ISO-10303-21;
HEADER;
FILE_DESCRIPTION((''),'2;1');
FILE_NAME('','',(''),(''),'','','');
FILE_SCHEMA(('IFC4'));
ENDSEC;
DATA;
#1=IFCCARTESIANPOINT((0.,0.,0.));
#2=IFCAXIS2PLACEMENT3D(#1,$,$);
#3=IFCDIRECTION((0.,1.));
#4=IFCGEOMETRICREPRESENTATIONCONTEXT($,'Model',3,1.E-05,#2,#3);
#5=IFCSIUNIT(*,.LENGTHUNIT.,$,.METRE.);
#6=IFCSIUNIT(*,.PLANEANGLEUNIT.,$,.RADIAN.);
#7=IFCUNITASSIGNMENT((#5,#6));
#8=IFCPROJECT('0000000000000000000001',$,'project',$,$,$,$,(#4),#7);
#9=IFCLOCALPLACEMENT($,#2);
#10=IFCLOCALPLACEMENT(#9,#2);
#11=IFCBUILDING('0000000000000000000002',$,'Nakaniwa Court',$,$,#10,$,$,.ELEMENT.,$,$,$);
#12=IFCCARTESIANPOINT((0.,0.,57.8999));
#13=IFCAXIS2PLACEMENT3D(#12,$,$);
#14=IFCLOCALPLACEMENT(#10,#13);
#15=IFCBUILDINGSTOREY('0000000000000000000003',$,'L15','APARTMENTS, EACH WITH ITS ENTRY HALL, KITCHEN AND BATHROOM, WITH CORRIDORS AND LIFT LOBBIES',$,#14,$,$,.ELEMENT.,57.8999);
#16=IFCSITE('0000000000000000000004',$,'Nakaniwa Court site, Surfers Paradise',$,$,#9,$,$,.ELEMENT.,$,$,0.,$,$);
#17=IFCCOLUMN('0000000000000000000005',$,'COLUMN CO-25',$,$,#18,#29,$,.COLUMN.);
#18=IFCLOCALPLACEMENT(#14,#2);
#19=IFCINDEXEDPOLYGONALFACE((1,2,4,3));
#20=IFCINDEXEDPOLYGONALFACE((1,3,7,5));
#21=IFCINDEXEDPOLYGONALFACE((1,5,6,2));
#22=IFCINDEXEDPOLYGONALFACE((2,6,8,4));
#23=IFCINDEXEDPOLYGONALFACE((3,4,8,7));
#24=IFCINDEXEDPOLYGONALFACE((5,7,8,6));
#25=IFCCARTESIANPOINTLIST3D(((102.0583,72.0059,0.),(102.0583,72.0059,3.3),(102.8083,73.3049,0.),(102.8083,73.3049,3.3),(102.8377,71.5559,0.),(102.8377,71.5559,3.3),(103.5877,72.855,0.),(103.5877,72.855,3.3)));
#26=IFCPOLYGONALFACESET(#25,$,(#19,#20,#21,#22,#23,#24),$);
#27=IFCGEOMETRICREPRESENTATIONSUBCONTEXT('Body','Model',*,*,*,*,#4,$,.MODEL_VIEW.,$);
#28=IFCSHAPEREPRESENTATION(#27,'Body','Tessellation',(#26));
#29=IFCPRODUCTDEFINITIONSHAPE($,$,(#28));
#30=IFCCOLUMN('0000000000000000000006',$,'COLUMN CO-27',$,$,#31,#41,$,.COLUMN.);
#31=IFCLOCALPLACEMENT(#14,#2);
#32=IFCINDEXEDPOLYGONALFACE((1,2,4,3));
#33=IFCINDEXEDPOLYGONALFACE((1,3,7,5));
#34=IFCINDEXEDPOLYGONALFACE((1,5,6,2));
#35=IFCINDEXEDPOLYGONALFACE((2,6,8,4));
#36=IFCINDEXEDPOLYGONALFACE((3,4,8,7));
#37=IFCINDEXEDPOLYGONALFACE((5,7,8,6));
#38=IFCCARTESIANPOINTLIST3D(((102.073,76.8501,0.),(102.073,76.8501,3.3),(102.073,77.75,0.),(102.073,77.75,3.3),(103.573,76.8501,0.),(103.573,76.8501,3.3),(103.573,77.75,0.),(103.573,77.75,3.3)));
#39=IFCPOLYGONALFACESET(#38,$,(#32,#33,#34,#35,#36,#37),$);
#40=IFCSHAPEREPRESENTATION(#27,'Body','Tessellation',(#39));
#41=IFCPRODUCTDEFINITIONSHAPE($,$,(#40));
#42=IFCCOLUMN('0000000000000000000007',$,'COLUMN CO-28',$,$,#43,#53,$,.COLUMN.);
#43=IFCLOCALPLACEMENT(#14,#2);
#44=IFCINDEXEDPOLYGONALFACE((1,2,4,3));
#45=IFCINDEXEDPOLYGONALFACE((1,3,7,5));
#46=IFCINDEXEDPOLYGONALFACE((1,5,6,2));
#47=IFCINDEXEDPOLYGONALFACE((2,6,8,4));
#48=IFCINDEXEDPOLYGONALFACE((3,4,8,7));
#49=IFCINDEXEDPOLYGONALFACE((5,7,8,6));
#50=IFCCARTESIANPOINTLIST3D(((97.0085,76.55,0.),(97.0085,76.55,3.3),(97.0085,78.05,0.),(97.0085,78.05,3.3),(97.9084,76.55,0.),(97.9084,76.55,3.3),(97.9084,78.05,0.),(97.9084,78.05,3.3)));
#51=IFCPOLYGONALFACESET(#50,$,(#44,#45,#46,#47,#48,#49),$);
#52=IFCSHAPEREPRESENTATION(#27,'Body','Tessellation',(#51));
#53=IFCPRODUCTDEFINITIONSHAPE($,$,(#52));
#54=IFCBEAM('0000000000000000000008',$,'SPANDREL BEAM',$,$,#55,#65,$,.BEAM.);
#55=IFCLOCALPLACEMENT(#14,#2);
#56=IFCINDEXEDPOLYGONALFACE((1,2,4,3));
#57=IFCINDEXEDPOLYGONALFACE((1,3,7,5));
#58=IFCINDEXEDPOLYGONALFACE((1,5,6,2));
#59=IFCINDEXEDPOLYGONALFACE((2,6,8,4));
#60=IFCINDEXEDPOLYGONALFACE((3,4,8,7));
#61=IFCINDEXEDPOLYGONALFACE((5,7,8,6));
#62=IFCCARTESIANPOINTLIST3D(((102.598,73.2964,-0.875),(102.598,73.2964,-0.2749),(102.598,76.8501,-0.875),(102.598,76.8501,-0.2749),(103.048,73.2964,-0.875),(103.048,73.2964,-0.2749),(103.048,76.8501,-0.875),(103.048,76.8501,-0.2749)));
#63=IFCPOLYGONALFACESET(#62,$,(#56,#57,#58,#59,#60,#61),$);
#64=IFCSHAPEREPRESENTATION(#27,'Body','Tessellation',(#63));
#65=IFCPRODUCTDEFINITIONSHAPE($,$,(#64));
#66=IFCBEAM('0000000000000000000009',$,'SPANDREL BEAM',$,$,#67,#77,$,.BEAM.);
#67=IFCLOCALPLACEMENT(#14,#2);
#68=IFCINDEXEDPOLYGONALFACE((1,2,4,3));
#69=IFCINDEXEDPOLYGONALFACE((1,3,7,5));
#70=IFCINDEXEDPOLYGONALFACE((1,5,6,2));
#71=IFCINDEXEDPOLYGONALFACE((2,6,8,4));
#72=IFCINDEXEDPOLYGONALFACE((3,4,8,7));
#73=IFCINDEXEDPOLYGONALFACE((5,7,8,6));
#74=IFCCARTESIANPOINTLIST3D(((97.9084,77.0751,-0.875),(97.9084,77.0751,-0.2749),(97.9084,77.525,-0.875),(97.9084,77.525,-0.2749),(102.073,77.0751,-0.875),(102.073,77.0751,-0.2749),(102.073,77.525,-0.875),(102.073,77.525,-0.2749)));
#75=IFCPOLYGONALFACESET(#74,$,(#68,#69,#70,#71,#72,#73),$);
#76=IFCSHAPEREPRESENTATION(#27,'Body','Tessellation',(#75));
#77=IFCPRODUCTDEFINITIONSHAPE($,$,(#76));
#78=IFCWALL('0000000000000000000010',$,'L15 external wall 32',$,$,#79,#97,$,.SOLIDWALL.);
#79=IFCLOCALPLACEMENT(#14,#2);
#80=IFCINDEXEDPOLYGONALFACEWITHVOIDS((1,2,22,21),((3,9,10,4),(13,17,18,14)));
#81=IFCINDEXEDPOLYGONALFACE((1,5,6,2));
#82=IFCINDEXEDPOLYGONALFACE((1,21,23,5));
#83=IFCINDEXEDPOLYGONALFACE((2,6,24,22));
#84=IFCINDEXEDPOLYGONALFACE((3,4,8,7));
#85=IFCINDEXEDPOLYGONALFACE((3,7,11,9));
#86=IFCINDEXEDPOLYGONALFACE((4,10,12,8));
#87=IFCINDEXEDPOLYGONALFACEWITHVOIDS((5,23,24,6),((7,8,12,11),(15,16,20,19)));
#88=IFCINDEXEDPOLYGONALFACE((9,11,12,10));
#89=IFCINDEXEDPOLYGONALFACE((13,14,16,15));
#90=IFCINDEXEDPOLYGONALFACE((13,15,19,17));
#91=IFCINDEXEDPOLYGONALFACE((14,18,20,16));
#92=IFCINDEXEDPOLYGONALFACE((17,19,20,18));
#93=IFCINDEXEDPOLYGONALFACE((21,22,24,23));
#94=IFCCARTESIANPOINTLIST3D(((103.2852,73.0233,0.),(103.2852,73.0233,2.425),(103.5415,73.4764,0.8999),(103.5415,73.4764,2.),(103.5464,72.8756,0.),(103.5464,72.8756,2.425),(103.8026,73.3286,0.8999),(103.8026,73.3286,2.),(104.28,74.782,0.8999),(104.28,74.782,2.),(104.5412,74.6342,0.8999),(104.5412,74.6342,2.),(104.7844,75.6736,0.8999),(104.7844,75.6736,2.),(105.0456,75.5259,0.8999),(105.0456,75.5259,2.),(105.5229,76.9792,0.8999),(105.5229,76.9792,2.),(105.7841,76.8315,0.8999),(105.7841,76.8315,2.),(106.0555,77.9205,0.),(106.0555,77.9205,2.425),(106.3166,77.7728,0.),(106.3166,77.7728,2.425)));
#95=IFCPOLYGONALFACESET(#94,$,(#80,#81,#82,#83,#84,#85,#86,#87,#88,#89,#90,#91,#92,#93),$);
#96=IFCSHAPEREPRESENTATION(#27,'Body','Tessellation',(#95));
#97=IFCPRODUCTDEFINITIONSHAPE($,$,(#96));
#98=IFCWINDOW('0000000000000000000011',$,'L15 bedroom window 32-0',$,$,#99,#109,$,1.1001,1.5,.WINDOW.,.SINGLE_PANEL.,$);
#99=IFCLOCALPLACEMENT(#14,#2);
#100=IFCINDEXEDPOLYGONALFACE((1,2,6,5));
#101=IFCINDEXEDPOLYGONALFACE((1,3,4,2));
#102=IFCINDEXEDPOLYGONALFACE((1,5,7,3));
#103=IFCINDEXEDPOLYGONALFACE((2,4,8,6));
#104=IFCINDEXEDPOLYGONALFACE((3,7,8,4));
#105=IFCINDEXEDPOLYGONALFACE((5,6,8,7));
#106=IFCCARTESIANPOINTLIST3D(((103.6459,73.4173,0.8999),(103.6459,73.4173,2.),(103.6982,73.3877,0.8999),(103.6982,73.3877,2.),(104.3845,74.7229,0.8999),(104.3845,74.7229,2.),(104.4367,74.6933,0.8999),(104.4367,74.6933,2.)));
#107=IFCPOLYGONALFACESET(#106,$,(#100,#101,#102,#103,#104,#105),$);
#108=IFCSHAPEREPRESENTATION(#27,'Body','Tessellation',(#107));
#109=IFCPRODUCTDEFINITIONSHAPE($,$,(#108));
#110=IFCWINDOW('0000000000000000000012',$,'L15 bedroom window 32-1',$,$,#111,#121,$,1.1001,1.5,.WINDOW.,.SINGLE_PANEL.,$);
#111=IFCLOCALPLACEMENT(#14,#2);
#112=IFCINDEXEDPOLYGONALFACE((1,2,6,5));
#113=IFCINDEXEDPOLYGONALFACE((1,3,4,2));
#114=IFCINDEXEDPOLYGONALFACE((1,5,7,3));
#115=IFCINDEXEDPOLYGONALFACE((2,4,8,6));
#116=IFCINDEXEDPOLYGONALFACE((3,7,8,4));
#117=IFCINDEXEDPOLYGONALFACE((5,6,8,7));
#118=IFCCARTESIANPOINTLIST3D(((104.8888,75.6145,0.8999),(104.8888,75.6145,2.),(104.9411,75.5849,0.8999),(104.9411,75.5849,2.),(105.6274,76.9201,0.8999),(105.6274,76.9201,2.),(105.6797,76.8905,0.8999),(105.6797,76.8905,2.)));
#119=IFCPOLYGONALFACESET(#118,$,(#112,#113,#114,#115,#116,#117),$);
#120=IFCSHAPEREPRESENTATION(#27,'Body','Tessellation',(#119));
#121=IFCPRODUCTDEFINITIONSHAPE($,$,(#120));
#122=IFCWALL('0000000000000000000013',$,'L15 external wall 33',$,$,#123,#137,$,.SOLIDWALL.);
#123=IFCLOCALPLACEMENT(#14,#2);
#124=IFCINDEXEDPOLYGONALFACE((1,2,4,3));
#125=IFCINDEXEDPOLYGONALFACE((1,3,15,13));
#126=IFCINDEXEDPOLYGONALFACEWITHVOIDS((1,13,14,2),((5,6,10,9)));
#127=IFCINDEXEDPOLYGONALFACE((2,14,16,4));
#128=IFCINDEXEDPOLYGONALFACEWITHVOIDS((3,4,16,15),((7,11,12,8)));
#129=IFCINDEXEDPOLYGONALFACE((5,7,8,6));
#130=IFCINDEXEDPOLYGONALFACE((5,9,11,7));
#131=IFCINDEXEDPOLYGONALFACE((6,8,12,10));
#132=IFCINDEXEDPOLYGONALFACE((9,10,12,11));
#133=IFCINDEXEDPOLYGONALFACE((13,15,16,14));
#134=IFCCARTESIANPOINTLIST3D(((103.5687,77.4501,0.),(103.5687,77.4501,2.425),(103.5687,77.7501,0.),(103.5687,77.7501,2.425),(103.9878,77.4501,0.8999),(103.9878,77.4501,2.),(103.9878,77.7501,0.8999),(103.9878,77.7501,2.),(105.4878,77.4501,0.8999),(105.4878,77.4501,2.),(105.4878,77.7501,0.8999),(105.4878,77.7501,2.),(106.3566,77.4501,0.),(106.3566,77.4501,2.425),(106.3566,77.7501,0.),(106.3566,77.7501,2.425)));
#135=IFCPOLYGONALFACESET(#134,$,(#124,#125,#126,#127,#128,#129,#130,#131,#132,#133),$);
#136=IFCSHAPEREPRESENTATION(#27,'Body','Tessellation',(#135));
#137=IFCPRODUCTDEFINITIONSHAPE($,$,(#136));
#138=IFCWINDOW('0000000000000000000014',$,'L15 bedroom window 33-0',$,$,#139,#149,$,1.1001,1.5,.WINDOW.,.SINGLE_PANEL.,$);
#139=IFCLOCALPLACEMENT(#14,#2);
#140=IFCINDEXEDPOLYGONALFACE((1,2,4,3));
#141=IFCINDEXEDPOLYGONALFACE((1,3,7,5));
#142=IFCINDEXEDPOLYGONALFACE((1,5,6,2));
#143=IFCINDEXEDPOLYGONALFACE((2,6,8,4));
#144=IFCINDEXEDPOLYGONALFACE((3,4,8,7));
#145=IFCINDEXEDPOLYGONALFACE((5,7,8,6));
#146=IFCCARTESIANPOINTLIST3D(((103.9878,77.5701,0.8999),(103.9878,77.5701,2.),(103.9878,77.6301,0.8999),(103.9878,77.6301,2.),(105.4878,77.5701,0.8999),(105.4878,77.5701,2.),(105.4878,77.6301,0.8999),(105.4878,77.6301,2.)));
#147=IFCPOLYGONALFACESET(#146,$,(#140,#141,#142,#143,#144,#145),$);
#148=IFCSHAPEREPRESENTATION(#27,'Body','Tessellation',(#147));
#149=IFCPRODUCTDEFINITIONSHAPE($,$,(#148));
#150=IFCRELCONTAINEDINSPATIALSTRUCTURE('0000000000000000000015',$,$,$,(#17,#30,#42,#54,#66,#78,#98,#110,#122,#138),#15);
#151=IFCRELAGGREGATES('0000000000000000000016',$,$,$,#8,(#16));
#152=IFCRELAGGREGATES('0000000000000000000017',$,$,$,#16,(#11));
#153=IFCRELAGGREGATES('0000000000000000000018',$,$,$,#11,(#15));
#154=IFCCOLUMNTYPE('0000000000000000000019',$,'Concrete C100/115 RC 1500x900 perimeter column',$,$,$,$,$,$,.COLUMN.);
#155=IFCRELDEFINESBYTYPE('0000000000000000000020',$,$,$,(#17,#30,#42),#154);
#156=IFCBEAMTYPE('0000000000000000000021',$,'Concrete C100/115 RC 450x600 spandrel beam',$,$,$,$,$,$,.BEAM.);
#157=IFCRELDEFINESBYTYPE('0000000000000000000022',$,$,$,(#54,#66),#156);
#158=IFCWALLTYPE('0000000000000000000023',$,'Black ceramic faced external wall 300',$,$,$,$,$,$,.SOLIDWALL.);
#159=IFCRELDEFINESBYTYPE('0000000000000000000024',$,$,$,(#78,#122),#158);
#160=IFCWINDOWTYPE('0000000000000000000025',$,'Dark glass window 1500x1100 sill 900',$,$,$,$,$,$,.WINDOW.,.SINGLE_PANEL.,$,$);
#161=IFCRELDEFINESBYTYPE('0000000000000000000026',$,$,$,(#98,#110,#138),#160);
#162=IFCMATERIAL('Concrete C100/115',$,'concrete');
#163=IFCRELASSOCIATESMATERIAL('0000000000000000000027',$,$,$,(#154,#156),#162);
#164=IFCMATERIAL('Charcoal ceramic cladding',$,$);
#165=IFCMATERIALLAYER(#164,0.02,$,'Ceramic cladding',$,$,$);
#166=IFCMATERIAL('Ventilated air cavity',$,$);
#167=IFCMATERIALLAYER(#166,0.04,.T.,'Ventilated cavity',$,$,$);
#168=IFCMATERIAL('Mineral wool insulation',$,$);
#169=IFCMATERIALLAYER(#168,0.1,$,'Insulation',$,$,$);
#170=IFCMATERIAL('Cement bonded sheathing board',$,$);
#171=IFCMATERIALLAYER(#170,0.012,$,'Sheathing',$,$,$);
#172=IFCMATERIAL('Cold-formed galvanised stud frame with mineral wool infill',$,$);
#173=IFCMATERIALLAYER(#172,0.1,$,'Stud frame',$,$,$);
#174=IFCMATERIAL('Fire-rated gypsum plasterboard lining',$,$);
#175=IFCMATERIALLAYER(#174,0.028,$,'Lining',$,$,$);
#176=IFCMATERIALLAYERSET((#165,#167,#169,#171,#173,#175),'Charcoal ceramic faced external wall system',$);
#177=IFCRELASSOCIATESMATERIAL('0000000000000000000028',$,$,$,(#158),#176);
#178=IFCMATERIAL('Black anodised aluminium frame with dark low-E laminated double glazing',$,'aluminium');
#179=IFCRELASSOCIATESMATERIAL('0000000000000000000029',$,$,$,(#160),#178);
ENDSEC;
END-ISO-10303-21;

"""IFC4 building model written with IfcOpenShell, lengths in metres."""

from ifc_helpers import new_model, si_unit, direction, frame, frame_2d, origin, origin_2d, place, context, subcontext, project, spatial, rectangle, extrude, material, layer, layer_set, material_profile, profile_set, type_object, element, fill, save


model = new_model("IFC4")

# Units and contexts
model_context = context("Model", 3, precision=1e-05, world=origin(), true_north=direction((0.0, 1.0)))
body_context = subcontext(model_context, "Body", "Model", "MODEL_VIEW")
ifc_project = project(units=[si_unit("LENGTHUNIT", "METRE"), si_unit("PLANEANGLEUNIT", "RADIAN")], contexts=[model_context])

# Site, building, storey
site_placement = place(None, origin())
site = spatial("IfcSite", under=ifc_project, at=site_placement, Name="Nakaniwa Court site, Surfers Paradise", CompositionType="ELEMENT", RefElevation=0.0)
building_placement = place(site_placement, origin())
building = spatial("IfcBuilding", under=site, at=building_placement, Name="Nakaniwa Court", CompositionType="ELEMENT")
storey_placement = place(building_placement, frame((0.0, 0.0, 57.8999)))
storey = spatial("IfcBuildingStorey", under=building, at=storey_placement, Name="L15", Description="APARTMENTS, EACH WITH ITS ENTRY HALL, KITCHEN AND BATHROOM, WITH CORRIDORS AND LIFT LOBBIES", CompositionType="ELEMENT", Elevation=57.8999)

# Columns
ifc_material_1 = material(Name="Concrete C100/115", Category="concrete")
ifc_material_profile_1 = material_profile(ifc_material_1, rectangle(XDim=1.5, YDim=0.8999, at=origin_2d()), Name="Concrete C100/115 RC 1500x900 perimeter column")
ifc_profile_set_1 = profile_set([ifc_material_profile_1], Name="Concrete C100/115")
column_type = type_object("IfcColumnType", Name="Concrete C100/115 RC 1500x900 perimeter column", PredefinedType="COLUMN", material=ifc_profile_set_1)
for number, where, z_axis, x_axis, name in (
    (1, (102.823, 72.4304, 0.0), (0.0, 0.0, 1.0), (0.5, 0.866025, 0.0), "COLUMN CO-25"),
    (2, (102.823, 77.3, 0.0), (0.0, 0.0, 1.0), (-1.0, 0.0, 0.0), "COLUMN CO-27"),
    (3, (97.4585, 77.3, 0.0), (0.0, 0.0, 1.0), (0.0, 1.0, 0.0), "COLUMN CO-28"),
):
    element("IfcColumn", number, at=place(storey_placement, frame(where, z_axis=z_axis, x_axis=x_axis)), inside=storey, type_object=column_type, Name=name, PredefinedType="COLUMN", context=body_context, shape_type="SweptSolid", body=[
        extrude(rectangle(XDim=1.5, YDim=0.8999, at=origin_2d()), origin(), (0.0, 0.0, 1.0), 3.3),
    ])

# Beams
ifc_material_profile_2 = material_profile(ifc_material_1, rectangle(XDim=0.45, YDim=0.6001, at=origin_2d()), Name="Concrete C100/115 RC 450x600 spandrel beam")
ifc_profile_set_2 = profile_set([ifc_material_profile_2], Name="Concrete C100/115")
beam_type = type_object("IfcBeamType", Name="Concrete C100/115 RC 450x600 spandrel beam", PredefinedType="BEAM", material=ifc_profile_set_2)
beam_1_placement = place(storey_placement, frame((102.823, 73.2964, -0.575), z_axis=(0.0, 1.0, 0.0), x_axis=(-1.0, 0.0, 0.0)))
element("IfcBeam", 4, at=beam_1_placement, inside=storey, type_object=beam_type, Name="SPANDREL BEAM", PredefinedType="BEAM", context=body_context, shape_type="SweptSolid", body=[
    extrude(rectangle(XDim=0.45, YDim=0.6001, at=origin_2d()), origin(), (0.0, 0.0, 1.0), 3.5537),
])
beam_2_placement = place(storey_placement, frame((102.073, 77.3, -0.575), z_axis=(-1.0, 0.0, 0.0), x_axis=(0.0, -1.0, 0.0)))
element("IfcBeam", 5, at=beam_2_placement, inside=storey, type_object=beam_type, Name="SPANDREL BEAM", PredefinedType="BEAM", context=body_context, shape_type="SweptSolid", body=[
    extrude(rectangle(XDim=0.45, YDim=0.6001, at=origin_2d()), origin(), (0.0, 0.0, 1.0), 4.1646),
])

# Wall, openings, windows
ifc_material_2 = material(Name="Charcoal ceramic cladding")
ifc_layer_1 = layer(ifc_material_2, 0.02, Name="Ceramic cladding")
ifc_material_3 = material(Name="Ventilated air cavity")
ifc_layer_2 = layer(ifc_material_3, 0.04, ventilated=True, Name="Ventilated cavity")
ifc_material_4 = material(Name="Mineral wool insulation")
ifc_layer_3 = layer(ifc_material_4, 0.1, Name="Insulation")
ifc_material_5 = material(Name="Cement bonded sheathing board")
ifc_layer_4 = layer(ifc_material_5, 0.012, Name="Sheathing")
ifc_material_6 = material(Name="Cold-formed galvanised stud frame with mineral wool infill")
ifc_layer_5 = layer(ifc_material_6, 0.1, Name="Stud frame")
ifc_material_7 = material(Name="Fire-rated gypsum plasterboard lining")
ifc_layer_6 = layer(ifc_material_7, 0.028, Name="Lining")
ifc_layer_set_1 = layer_set([ifc_layer_1, ifc_layer_2, ifc_layer_3, ifc_layer_4, ifc_layer_5, ifc_layer_6], Name="Charcoal ceramic faced external wall system")
wall_type_1 = type_object("IfcWallType", Name="Black ceramic faced external wall 300", PredefinedType="SOLIDWALL", material=ifc_layer_set_1)
wall_1_placement = place(storey_placement, frame((103.4158, 72.9495, 0.0), z_axis=(0.0, 0.0, 1.0), x_axis=(0.492363, 0.87039, 0.0)))
wall_1 = element("IfcWall", 6, at=wall_1_placement, inside=storey, type_object=wall_type_1, Name="L15 external wall 32", PredefinedType="SOLIDWALL", context=body_context, shape_type="SweptSolid", body=[
    extrude(rectangle(XDim=5.6265, YDim=0.3, at=frame_2d((2.8132, 0.0))), origin(), (0.0, 0.0, 1.0), 2.425),
])
opening_1_placement = place(wall_1_placement, frame((0.5205, 0.0, 0.8999)))
opening_1 = element("IfcOpeningElement", 7, at=opening_1_placement, cuts=wall_1, PredefinedType="OPENING", context=body_context, shape_type="SweptSolid", body=[
    extrude(rectangle(XDim=1.5, YDim=1.1001, at=frame_2d((0.75, 0.55))), frame((0.0, 0.1599, 0.0), z_axis=(0.0, -1.0, 0.0), x_axis=(1.0, 0.0, 0.0)), (0.0, 0.0, 1.0), 0.3201),
])
opening_2_placement = place(wall_1_placement, frame((3.0449, 0.0, 0.8999)))
opening_2 = element("IfcOpeningElement", 8, at=opening_2_placement, cuts=wall_1, PredefinedType="OPENING", context=body_context, shape_type="SweptSolid", body=[
    extrude(rectangle(XDim=1.5, YDim=1.1001, at=frame_2d((0.75, 0.55))), frame((0.0, 0.1599, 0.0), z_axis=(0.0, -1.0, 0.0), x_axis=(1.0, 0.0, 0.0)), (0.0, 0.0, 1.0), 0.3201),
])
ifc_material_8 = material(Name="Black anodised aluminium frame with dark low-E laminated double glazing", Category="aluminium")
window_type = type_object("IfcWindowType", Name="Dark glass window 1500x1100 sill 900", PartitioningType="SINGLE_PANEL", PredefinedType="WINDOW", material=ifc_material_8)
window_1_placement = place(opening_1_placement, origin())
window_1 = element("IfcWindow", 9, at=window_1_placement, inside=storey, type_object=window_type, Name="L15 bedroom window 32-0", OverallHeight=1.1001, OverallWidth=1.5, PartitioningType="SINGLE_PANEL", PredefinedType="WINDOW", context=body_context, shape_type="SweptSolid", body=[
    extrude(rectangle(XDim=1.5, YDim=1.1001, at=frame_2d((0.75, 0.55))), frame((0.0, 0.03, 0.0), z_axis=(0.0, -1.0, 0.0), x_axis=(1.0, 0.0, 0.0)), (0.0, 0.0, 1.0), 0.0601),
])
fill(opening_1, window_1)
window_2_placement = place(opening_2_placement, origin())
window_2 = element("IfcWindow", 10, at=window_2_placement, inside=storey, type_object=window_type, Name="L15 bedroom window 32-1", OverallHeight=1.1001, OverallWidth=1.5, PartitioningType="SINGLE_PANEL", PredefinedType="WINDOW", context=body_context, shape_type="SweptSolid", body=[
    extrude(rectangle(XDim=1.5, YDim=1.1001, at=frame_2d((0.75, 0.55))), frame((0.0, 0.03, 0.0), z_axis=(0.0, -1.0, 0.0), x_axis=(1.0, 0.0, 0.0)), (0.0, 0.0, 1.0), 0.0601),
])
fill(opening_2, window_2)

# Wall, opening, window
wall_2_placement = place(storey_placement, frame((106.3567, 77.6001, 0.0), z_axis=(0.0, 0.0, 1.0), x_axis=(-1.0, 0.0, 0.0)))
wall_2 = element("IfcWall", 11, at=wall_2_placement, inside=storey, type_object=wall_type_1, Name="L15 external wall 33", PredefinedType="SOLIDWALL", context=body_context, shape_type="SweptSolid", body=[
    extrude(rectangle(XDim=2.7878, YDim=0.3, at=frame_2d((1.394, 0.0))), origin(), (0.0, 0.0, 1.0), 2.425),
])
opening_3_placement = place(wall_2_placement, frame((0.8689, 0.0, 0.8999)))
opening_3 = element("IfcOpeningElement", 12, at=opening_3_placement, cuts=wall_2, PredefinedType="OPENING", context=body_context, shape_type="SweptSolid", body=[
    extrude(rectangle(XDim=1.5, YDim=1.1001, at=frame_2d((0.75, 0.55))), frame((0.0, 0.1599, 0.0), z_axis=(0.0, -1.0, 0.0), x_axis=(1.0, 0.0, 0.0)), (0.0, 0.0, 1.0), 0.3201),
])
window_3_placement = place(opening_3_placement, origin())
window_3 = element("IfcWindow", 13, at=window_3_placement, inside=storey, type_object=window_type, Name="L15 bedroom window 33-0", OverallHeight=1.1001, OverallWidth=1.5, PartitioningType="SINGLE_PANEL", PredefinedType="WINDOW", context=body_context, shape_type="SweptSolid", body=[
    extrude(rectangle(XDim=1.5, YDim=1.1001, at=frame_2d((0.75, 0.55))), frame((0.0, 0.03, 0.0), z_axis=(0.0, -1.0, 0.0), x_axis=(1.0, 0.0, 0.0)), (0.0, 0.0, 1.0), 0.0601),
])
fill(opening_3, window_3)

save(model, "model.ifc")
